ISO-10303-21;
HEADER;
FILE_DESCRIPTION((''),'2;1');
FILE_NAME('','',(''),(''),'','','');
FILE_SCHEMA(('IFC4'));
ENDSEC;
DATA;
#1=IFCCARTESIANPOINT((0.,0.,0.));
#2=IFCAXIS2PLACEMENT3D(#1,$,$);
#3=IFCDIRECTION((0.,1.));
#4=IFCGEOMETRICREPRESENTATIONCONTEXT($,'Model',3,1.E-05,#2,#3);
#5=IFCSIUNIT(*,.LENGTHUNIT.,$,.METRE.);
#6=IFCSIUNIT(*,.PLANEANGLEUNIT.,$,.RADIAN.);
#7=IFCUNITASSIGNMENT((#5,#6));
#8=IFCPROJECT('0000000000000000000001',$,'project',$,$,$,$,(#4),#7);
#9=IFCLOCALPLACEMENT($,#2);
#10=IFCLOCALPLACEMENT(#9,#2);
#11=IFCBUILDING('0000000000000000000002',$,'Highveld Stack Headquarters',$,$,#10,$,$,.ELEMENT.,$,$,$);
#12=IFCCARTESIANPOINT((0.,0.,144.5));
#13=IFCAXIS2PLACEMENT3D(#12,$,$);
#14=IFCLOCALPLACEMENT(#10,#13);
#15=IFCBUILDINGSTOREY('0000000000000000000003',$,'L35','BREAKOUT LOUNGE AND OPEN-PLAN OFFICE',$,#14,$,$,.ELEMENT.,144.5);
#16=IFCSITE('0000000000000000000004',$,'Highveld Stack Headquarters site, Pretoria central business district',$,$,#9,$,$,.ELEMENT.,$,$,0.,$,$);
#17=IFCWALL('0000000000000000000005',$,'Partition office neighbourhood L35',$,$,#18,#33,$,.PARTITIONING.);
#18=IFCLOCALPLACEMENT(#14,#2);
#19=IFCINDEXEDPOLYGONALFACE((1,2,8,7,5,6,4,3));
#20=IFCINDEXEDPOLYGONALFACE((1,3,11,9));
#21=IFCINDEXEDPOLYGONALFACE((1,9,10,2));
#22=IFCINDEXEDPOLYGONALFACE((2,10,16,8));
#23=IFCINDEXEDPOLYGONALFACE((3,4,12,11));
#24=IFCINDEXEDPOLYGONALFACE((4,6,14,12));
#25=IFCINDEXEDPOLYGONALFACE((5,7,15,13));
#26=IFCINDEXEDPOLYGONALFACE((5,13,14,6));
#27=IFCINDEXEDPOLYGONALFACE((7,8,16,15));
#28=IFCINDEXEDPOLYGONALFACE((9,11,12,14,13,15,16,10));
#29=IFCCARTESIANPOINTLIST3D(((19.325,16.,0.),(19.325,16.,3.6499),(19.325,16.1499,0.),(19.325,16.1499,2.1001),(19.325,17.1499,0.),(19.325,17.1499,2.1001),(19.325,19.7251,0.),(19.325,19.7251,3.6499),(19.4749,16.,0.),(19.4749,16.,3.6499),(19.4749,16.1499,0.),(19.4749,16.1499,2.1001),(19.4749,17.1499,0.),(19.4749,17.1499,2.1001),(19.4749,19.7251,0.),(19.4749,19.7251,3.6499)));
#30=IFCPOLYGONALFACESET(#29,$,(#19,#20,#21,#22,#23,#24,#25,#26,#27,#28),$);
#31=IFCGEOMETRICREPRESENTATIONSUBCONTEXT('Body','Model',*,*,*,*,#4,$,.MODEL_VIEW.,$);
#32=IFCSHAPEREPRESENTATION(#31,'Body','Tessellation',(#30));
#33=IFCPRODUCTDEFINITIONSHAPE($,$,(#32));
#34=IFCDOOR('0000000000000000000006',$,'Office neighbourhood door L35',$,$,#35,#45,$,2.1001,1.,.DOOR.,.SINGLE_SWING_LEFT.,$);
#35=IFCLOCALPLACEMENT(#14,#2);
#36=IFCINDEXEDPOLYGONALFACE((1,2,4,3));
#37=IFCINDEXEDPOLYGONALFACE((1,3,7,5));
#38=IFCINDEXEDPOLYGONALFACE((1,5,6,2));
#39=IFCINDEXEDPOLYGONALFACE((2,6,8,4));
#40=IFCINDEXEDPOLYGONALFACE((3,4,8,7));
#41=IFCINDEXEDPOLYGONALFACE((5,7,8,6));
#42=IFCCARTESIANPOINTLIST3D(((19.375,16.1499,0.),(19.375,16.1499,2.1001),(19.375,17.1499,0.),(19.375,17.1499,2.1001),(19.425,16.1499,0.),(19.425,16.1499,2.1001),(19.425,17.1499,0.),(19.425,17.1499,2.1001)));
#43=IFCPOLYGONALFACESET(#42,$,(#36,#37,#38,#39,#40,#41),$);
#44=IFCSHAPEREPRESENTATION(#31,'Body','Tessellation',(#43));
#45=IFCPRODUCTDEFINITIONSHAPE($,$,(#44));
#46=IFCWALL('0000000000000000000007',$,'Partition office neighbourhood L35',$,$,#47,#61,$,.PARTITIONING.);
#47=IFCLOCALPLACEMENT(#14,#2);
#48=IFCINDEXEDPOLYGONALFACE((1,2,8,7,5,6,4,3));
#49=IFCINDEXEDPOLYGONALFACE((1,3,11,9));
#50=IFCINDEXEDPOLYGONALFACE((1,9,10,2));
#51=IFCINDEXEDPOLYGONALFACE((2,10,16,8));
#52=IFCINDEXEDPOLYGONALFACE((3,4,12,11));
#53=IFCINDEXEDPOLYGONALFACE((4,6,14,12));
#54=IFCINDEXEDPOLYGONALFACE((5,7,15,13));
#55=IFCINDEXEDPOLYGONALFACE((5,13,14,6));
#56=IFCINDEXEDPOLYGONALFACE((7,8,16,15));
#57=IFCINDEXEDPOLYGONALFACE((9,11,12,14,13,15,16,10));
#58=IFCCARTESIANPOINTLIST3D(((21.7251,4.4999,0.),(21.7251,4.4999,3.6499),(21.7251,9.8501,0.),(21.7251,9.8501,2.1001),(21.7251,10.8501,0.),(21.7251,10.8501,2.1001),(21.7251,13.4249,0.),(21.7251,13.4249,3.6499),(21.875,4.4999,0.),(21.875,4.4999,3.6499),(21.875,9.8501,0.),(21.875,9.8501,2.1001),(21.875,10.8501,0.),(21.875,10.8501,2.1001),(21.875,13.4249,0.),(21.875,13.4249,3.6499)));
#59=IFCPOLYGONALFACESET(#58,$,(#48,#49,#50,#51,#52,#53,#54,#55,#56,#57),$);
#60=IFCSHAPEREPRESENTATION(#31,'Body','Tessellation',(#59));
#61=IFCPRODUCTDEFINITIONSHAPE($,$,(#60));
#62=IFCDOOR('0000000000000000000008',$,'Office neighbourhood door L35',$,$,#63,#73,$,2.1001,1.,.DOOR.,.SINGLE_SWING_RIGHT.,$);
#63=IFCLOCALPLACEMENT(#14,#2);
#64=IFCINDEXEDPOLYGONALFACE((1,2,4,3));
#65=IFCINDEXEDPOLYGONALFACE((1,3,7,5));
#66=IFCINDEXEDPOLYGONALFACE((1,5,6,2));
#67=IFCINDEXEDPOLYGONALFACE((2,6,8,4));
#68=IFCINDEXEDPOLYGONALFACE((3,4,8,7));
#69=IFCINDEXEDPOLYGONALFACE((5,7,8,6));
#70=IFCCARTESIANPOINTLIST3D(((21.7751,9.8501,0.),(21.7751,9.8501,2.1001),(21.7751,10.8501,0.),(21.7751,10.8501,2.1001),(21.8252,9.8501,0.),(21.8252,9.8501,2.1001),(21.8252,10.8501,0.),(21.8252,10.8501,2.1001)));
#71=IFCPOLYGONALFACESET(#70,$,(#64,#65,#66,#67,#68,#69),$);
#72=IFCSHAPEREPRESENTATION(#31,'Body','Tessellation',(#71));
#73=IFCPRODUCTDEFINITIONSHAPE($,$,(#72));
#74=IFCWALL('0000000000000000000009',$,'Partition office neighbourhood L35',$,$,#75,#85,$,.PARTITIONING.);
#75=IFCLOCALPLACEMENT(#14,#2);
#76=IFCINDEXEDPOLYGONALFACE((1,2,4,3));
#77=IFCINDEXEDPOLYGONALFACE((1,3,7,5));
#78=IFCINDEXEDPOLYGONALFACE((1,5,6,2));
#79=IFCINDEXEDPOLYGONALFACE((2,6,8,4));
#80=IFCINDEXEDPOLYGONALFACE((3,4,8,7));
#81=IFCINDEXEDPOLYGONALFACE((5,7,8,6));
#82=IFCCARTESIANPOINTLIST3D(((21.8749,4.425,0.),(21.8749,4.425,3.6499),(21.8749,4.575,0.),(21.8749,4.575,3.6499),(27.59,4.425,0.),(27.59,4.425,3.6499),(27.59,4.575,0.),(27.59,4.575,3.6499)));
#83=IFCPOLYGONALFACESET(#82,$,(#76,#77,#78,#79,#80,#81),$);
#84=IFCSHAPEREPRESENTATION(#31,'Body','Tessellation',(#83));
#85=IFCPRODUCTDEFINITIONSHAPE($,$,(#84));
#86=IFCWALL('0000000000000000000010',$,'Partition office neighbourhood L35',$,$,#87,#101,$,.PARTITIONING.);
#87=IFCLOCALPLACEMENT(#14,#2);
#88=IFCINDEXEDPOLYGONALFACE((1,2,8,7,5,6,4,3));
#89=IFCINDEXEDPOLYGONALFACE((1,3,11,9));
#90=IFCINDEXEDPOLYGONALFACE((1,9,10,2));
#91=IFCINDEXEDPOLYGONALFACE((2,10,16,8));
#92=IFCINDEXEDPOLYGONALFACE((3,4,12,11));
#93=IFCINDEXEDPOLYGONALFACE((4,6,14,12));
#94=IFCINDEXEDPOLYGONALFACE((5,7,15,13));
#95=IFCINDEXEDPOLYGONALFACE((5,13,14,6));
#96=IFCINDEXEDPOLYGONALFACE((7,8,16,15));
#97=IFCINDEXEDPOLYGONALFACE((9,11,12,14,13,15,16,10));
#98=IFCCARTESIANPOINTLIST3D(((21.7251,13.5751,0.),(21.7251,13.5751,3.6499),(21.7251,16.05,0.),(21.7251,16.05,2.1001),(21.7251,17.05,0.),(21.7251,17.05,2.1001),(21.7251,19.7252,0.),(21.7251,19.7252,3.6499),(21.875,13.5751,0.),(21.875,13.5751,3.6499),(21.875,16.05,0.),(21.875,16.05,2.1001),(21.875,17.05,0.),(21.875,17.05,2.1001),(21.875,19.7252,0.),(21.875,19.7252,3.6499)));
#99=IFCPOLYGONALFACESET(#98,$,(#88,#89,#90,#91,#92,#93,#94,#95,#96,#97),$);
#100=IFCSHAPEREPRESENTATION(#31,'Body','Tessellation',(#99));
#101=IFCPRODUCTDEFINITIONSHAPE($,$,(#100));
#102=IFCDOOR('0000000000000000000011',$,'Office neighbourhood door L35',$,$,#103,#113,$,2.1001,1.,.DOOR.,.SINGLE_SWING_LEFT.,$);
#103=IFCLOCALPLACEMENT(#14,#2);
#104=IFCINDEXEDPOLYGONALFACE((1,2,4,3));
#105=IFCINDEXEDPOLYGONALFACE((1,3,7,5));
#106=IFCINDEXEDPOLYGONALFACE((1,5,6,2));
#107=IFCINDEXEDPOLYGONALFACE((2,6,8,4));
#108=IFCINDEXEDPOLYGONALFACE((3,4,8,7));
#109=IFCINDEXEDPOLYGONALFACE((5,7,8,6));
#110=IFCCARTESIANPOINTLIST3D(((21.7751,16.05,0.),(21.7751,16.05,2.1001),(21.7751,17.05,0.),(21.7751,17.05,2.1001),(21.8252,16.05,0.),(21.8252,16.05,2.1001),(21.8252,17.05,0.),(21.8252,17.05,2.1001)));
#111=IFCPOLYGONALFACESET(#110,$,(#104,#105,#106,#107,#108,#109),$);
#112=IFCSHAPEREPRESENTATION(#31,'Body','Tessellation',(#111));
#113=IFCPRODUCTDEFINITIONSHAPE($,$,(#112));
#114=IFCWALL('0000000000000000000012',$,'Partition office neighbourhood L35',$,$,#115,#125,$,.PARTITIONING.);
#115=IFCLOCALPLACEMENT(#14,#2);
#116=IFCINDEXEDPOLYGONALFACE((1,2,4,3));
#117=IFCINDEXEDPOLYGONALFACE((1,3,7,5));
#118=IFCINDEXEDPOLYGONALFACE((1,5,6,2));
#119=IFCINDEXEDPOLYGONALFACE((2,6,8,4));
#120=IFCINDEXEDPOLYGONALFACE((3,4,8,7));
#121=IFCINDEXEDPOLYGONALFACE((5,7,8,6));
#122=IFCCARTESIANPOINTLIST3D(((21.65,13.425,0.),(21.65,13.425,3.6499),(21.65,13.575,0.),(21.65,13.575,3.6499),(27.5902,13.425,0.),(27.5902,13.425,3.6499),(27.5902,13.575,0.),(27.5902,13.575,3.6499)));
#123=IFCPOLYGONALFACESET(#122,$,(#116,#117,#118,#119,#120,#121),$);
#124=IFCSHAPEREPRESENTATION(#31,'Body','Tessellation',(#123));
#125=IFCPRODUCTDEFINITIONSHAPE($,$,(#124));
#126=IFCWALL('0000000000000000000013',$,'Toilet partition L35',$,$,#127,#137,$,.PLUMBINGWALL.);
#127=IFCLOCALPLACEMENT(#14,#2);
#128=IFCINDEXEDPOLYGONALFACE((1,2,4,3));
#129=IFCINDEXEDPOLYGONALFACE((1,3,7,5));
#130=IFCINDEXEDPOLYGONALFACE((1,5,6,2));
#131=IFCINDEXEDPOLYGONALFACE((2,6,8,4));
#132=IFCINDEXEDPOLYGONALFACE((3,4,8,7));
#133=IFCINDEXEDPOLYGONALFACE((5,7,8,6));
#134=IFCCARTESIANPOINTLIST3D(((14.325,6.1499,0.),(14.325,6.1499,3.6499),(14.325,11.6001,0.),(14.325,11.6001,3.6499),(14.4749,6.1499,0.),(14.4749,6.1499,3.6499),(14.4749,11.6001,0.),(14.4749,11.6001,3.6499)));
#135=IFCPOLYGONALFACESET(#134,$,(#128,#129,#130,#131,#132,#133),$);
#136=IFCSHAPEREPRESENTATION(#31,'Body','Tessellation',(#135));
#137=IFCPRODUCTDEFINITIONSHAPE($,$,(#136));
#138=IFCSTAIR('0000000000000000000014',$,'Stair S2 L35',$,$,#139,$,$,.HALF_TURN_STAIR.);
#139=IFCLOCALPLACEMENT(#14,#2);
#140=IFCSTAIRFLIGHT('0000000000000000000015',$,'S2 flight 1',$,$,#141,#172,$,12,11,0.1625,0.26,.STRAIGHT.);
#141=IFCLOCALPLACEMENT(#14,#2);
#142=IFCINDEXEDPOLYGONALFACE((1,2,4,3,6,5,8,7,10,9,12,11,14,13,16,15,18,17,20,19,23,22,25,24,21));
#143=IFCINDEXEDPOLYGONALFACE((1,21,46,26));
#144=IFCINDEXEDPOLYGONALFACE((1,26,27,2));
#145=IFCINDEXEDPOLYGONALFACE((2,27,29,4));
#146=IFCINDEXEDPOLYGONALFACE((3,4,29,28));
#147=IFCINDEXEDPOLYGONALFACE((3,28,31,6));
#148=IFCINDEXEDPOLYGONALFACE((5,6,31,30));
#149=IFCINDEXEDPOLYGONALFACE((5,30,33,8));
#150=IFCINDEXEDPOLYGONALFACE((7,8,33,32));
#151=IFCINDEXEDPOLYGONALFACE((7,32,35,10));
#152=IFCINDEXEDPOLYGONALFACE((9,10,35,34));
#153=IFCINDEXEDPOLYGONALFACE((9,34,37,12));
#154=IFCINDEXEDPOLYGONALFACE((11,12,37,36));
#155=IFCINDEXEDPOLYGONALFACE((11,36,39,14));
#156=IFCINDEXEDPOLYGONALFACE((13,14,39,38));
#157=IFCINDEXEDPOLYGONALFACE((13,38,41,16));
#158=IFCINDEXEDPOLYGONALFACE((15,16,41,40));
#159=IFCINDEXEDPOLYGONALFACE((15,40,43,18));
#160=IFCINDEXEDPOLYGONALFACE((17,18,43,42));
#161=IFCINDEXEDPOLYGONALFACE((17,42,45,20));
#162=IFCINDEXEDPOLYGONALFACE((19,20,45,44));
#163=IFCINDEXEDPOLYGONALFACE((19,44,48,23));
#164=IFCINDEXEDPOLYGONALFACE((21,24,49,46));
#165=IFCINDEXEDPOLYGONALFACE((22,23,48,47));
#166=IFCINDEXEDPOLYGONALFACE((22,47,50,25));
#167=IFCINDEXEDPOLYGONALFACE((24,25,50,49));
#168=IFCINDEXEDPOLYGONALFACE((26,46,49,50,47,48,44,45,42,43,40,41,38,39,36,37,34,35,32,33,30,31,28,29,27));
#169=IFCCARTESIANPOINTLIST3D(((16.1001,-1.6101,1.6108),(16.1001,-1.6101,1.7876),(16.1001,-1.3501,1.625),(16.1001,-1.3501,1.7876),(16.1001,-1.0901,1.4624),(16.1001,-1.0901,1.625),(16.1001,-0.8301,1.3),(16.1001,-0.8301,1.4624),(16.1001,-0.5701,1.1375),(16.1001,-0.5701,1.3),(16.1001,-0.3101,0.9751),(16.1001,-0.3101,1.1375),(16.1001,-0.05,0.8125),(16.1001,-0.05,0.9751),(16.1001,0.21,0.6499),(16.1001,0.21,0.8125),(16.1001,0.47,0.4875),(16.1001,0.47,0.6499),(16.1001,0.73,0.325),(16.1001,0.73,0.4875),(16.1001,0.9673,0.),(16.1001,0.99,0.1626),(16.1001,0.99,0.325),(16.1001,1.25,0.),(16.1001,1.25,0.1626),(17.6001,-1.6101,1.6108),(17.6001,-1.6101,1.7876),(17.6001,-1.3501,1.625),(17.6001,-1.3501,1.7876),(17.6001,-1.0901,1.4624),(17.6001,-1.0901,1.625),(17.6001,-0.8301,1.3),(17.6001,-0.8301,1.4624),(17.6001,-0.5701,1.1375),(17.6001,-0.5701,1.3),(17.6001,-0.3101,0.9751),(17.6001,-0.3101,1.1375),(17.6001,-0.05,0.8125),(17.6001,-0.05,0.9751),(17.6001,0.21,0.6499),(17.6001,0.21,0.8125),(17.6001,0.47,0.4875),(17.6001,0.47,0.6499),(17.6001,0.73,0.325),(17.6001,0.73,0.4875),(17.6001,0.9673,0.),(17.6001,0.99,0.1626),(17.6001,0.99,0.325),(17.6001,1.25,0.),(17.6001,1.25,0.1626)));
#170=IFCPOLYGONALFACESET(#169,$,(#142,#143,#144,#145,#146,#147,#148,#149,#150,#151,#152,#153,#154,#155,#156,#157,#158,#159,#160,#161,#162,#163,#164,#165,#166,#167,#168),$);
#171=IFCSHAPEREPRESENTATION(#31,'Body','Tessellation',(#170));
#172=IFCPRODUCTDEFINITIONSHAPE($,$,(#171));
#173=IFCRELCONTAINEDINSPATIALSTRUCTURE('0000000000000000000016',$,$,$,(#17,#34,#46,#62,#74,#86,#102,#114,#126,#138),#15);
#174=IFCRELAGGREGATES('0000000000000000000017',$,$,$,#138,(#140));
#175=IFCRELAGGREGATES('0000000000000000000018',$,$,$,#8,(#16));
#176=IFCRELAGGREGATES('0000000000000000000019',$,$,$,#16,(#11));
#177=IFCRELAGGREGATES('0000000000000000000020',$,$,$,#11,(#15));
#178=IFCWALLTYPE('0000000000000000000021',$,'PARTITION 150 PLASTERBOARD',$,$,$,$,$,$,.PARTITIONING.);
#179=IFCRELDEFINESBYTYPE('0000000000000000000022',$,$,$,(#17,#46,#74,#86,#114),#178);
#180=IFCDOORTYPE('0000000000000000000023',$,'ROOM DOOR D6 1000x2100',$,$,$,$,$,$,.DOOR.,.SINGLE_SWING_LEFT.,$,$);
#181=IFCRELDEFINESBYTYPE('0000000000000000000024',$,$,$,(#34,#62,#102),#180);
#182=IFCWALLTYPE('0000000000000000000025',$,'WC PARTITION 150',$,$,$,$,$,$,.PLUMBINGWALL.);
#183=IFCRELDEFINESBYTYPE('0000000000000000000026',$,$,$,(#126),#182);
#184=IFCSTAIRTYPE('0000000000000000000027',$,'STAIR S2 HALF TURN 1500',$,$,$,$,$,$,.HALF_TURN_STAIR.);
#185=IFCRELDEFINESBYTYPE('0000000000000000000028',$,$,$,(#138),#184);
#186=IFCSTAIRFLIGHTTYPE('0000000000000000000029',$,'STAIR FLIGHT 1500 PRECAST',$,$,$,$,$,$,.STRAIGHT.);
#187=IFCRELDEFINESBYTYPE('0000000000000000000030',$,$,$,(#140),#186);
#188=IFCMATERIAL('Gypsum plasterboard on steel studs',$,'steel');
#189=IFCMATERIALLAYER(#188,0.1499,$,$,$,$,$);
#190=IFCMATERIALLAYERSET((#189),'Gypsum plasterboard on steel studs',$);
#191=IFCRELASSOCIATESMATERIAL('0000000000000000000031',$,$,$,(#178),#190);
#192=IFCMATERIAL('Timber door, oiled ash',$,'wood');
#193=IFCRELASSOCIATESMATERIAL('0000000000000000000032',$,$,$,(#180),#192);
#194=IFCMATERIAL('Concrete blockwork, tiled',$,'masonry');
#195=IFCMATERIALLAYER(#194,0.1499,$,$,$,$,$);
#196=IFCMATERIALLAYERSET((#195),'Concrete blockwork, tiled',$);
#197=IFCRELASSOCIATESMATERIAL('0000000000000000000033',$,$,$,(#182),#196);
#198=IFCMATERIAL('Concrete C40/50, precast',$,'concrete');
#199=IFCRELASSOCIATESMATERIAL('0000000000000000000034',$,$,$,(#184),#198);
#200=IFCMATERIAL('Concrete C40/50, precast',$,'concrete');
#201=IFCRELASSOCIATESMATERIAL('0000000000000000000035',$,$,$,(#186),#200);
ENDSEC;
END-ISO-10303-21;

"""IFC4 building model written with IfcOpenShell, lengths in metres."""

from ifc_helpers import new_model, si_unit, direction, frame, frame_2d, origin, place, context, subcontext, project, spatial, polyline, rectangle, outline, extrude, material, layer, layer_set, type_object, element, fill, aggregate, save


model = new_model("IFC4")

# Units and contexts
model_context = context("Model", 3, precision=1e-05, world=origin(), true_north=direction((0.0, 1.0)))
body_context = subcontext(model_context, "Body", "Model", "MODEL_VIEW")
ifc_project = project(units=[si_unit("LENGTHUNIT", "METRE"), si_unit("PLANEANGLEUNIT", "RADIAN")], contexts=[model_context])

# Site, building, storey
site_placement = place(None, origin())
site = spatial("IfcSite", under=ifc_project, at=site_placement, Name="Highveld Stack Headquarters site, Pretoria central business district", CompositionType="ELEMENT", RefElevation=0.0)
building_placement = place(site_placement, origin())
building = spatial("IfcBuilding", under=site, at=building_placement, Name="Highveld Stack Headquarters", CompositionType="ELEMENT")
storey_placement = place(building_placement, frame((0.0, 0.0, 144.5)))
storey = spatial("IfcBuildingStorey", under=building, at=storey_placement, Name="L35", Description="BREAKOUT LOUNGE AND OPEN-PLAN OFFICE", CompositionType="ELEMENT", Elevation=144.5)

# Shared definitions
ifc_material_1 = material(Name="Gypsum plasterboard on steel studs", Category="steel")
ifc_layer_1 = layer(ifc_material_1, 0.1499)
ifc_layer_set_1 = layer_set([ifc_layer_1], Name="Gypsum plasterboard on steel studs")
wall_type_1 = type_object("IfcWallType", Name="PARTITION 150 PLASTERBOARD", PredefinedType="PARTITIONING", material=ifc_layer_set_1)
ifc_material_2 = material(Name="Timber door, oiled ash", Category="wood")
door_type_1 = type_object("IfcDoorType", Name="ROOM DOOR D6 1000x2100", OperationType="SINGLE_SWING_LEFT", PredefinedType="DOOR", material=ifc_material_2)

# Walls, openings, doors
wall_1_placement = place(storey_placement, frame((19.3999, 16.0, 0.0), z_axis=(0.0, 0.0, 1.0), x_axis=(0.0, 1.0, 0.0)))
wall_1 = element("IfcWall", 1, at=wall_1_placement, inside=storey, type_object=wall_type_1, Name="Partition office neighbourhood L35", PredefinedType="PARTITIONING", context=body_context, shape_type="SweptSolid", body=[
    extrude(rectangle(XDim=3.7251, YDim=0.1499, at=frame_2d((1.8625, 0.0))), origin(), (0.0, 0.0, 1.0), 3.6499),
])
opening_1_placement = place(wall_1_placement, frame((0.1499, 0.0, 0.0)))
opening_1 = element("IfcOpeningElement", 2, at=opening_1_placement, cuts=wall_1, PredefinedType="OPENING", context=body_context, shape_type="SweptSolid", body=[
    extrude(rectangle(XDim=1.0, YDim=2.1001, at=frame_2d((0.5, 1.05))), frame((0.0, 0.085, 0.0), z_axis=(0.0, -1.0, 0.0), x_axis=(1.0, 0.0, 0.0)), (0.0, 0.0, 1.0), 0.1699),
])
door_1_placement = place(opening_1_placement, origin())
door_1 = element("IfcDoor", 3, at=door_1_placement, inside=storey, type_object=door_type_1, Name="Office neighbourhood door L35", OperationType="SINGLE_SWING_LEFT", OverallHeight=2.1001, OverallWidth=1.0, PredefinedType="DOOR", context=body_context, shape_type="SweptSolid", body=[
    extrude(rectangle(XDim=1.0, YDim=2.1001, at=frame_2d((0.5, 1.05))), frame((0.0, 0.0249, 0.0), z_axis=(0.0, -1.0, 0.0), x_axis=(1.0, 0.0, 0.0)), (0.0, 0.0, 1.0), 0.05),
])
fill(opening_1, door_1)
wall_2_placement = place(storey_placement, frame((21.8, 4.5, 0.0), z_axis=(0.0, 0.0, 1.0), x_axis=(0.0, 1.0, 0.0)))
wall_2 = element("IfcWall", 4, at=wall_2_placement, inside=storey, type_object=wall_type_1, Name="Partition office neighbourhood L35", PredefinedType="PARTITIONING", context=body_context, shape_type="SweptSolid", body=[
    extrude(rectangle(XDim=8.925, YDim=0.1499, at=frame_2d((4.4624, 0.0))), origin(), (0.0, 0.0, 1.0), 3.6499),
])
opening_2_placement = place(wall_2_placement, frame((5.3501, 0.0, 0.0)))
opening_2 = element("IfcOpeningElement", 5, at=opening_2_placement, cuts=wall_2, PredefinedType="OPENING", context=body_context, shape_type="SweptSolid", body=[
    extrude(rectangle(XDim=1.0, YDim=2.1001, at=frame_2d((0.5, 1.05))), frame((0.0, 0.085, 0.0), z_axis=(0.0, -1.0, 0.0), x_axis=(1.0, 0.0, 0.0)), (0.0, 0.0, 1.0), 0.1699),
])
door_2_placement = place(opening_2_placement, origin())
door_2 = element("IfcDoor", 6, at=door_2_placement, inside=storey, type_object=door_type_1, Name="Office neighbourhood door L35", OperationType="SINGLE_SWING_RIGHT", OverallHeight=2.1001, OverallWidth=1.0, PredefinedType="DOOR", context=body_context, shape_type="SweptSolid", body=[
    extrude(rectangle(XDim=1.0, YDim=2.1001, at=frame_2d((0.5, 1.05))), frame((0.0, 0.0249, 0.0), z_axis=(0.0, -1.0, 0.0), x_axis=(1.0, 0.0, 0.0)), (0.0, 0.0, 1.0), 0.05),
])
fill(opening_2, door_2)

# Wall
wall_3_placement = place(storey_placement, frame((21.875, 4.5, 0.0), z_axis=(0.0, 0.0, 1.0), x_axis=(1.0, 0.0, 0.0)))
element("IfcWall", 7, at=wall_3_placement, inside=storey, type_object=wall_type_1, Name="Partition office neighbourhood L35", PredefinedType="PARTITIONING", context=body_context, shape_type="SweptSolid", body=[
    extrude(rectangle(XDim=5.7151, YDim=0.1499, at=frame_2d((2.8574, 0.0))), origin(), (0.0, 0.0, 1.0), 3.6499),
])

# Wall, opening, door
wall_4_placement = place(storey_placement, frame((21.8, 13.575, 0.0), z_axis=(0.0, 0.0, 1.0), x_axis=(0.0, 1.0, 0.0)))
wall_4 = element("IfcWall", 8, at=wall_4_placement, inside=storey, type_object=wall_type_1, Name="Partition office neighbourhood L35", PredefinedType="PARTITIONING", context=body_context, shape_type="SweptSolid", body=[
    extrude(rectangle(XDim=6.1501, YDim=0.1499, at=frame_2d((3.0752, 0.0))), origin(), (0.0, 0.0, 1.0), 3.6499),
])
opening_3_placement = place(wall_4_placement, frame((2.4751, 0.0, 0.0)))
opening_3 = element("IfcOpeningElement", 9, at=opening_3_placement, cuts=wall_4, PredefinedType="OPENING", context=body_context, shape_type="SweptSolid", body=[
    extrude(rectangle(XDim=1.0, YDim=2.1001, at=frame_2d((0.5, 1.05))), frame((0.0, 0.085, 0.0), z_axis=(0.0, -1.0, 0.0), x_axis=(1.0, 0.0, 0.0)), (0.0, 0.0, 1.0), 0.1699),
])
door_3_placement = place(opening_3_placement, origin())
door_3 = element("IfcDoor", 10, at=door_3_placement, inside=storey, type_object=door_type_1, Name="Office neighbourhood door L35", OperationType="SINGLE_SWING_LEFT", OverallHeight=2.1001, OverallWidth=1.0, PredefinedType="DOOR", context=body_context, shape_type="SweptSolid", body=[
    extrude(rectangle(XDim=1.0, YDim=2.1001, at=frame_2d((0.5, 1.05))), frame((0.0, 0.0249, 0.0), z_axis=(0.0, -1.0, 0.0), x_axis=(1.0, 0.0, 0.0)), (0.0, 0.0, 1.0), 0.05),
])
fill(opening_3, door_3)

# Walls
wall_5_placement = place(storey_placement, frame((21.6499, 13.5, 0.0), z_axis=(0.0, 0.0, 1.0), x_axis=(1.0, 0.0, 0.0)))
element("IfcWall", 11, at=wall_5_placement, inside=storey, type_object=wall_type_1, Name="Partition office neighbourhood L35", PredefinedType="PARTITIONING", context=body_context, shape_type="SweptSolid", body=[
    extrude(rectangle(XDim=5.9402, YDim=0.1499, at=frame_2d((2.9702, 0.0))), origin(), (0.0, 0.0, 1.0), 3.6499),
])
ifc_material_3 = material(Name="Concrete blockwork, tiled", Category="masonry")
ifc_layer_2 = layer(ifc_material_3, 0.1499)
ifc_layer_set_2 = layer_set([ifc_layer_2], Name="Concrete blockwork, tiled")
wall_type_2 = type_object("IfcWallType", Name="WC PARTITION 150", PredefinedType="PLUMBINGWALL", material=ifc_layer_set_2)
wall_6_placement = place(storey_placement, frame((14.3999, 6.1499, 0.0), z_axis=(0.0, 0.0, 1.0), x_axis=(0.0, 1.0, 0.0)))
element("IfcWall", 12, at=wall_6_placement, inside=storey, type_object=wall_type_2, Name="Toilet partition L35", PredefinedType="PLUMBINGWALL", context=body_context, shape_type="SweptSolid", body=[
    extrude(rectangle(XDim=5.4502, YDim=0.1499, at=frame_2d((2.7251, 0.0))), origin(), (0.0, 0.0, 1.0), 3.6499),
])

# Stair, stair flight
ifc_material_4 = material(Name="Concrete C40/50, precast", Category="concrete")
stair_type = type_object("IfcStairType", Name="STAIR S2 HALF TURN 1500", PredefinedType="HALF_TURN_STAIR", material=ifc_material_4)
stair_placement = place(storey_placement, origin())
stair = element("IfcStair", 13, at=stair_placement, inside=storey, type_object=stair_type, Name="Stair S2 L35", PredefinedType="HALF_TURN_STAIR")
ifc_material_5 = material(Name="Concrete C40/50, precast", Category="concrete")
stair_flight_type = type_object("IfcStairFlightType", Name="STAIR FLIGHT 1500 PRECAST", PredefinedType="STRAIGHT", material=ifc_material_5)
stair_flight_placement = place(storey_placement, frame((16.8501, 1.25, 0.0), z_axis=(0.0, 0.0, 1.0), x_axis=(0.0, -1.0, 0.0)))
stair_flight = element("IfcStairFlight", 14, at=stair_flight_placement, type_object=stair_flight_type, Name="S2 flight 1", NumberOfRisers=12, NumberOfTreads=11, PredefinedType="STRAIGHT", RiserHeight=0.1625, TreadLength=0.26, context=body_context, shape_type="SweptSolid", body=[
    extrude(outline(polyline([(0.0, 0.0), (0.0, 0.1626), (0.26, 0.1626), (0.26, 0.325), (0.52, 0.325), (0.52, 0.4875), (0.78, 0.4875), (0.78, 0.6499), (1.04, 0.6499), (1.04, 0.8125), (1.3, 0.8125), (1.3, 0.9751), (1.5601, 0.9751), (1.5601, 1.1375), (1.8201, 1.1375), (1.8201, 1.3), (2.0801, 1.3), (2.0801, 1.4624), (2.3401, 1.4624), (2.3401, 1.625), (2.6001, 1.625), (2.6001, 1.7876), (2.8601, 1.7876), (2.8601, 1.95), (2.8601, 1.6108), (0.2827, 0.0), (0.0, 0.0)])), frame((0.0, 0.75, 0.0), z_axis=(0.0, -1.0, 0.0), x_axis=(1.0, 0.0, 0.0)), (0.0, 0.0, 1.0), 1.5),
])
aggregate(stair, [stair_flight])

save(model, "model.ifc")
